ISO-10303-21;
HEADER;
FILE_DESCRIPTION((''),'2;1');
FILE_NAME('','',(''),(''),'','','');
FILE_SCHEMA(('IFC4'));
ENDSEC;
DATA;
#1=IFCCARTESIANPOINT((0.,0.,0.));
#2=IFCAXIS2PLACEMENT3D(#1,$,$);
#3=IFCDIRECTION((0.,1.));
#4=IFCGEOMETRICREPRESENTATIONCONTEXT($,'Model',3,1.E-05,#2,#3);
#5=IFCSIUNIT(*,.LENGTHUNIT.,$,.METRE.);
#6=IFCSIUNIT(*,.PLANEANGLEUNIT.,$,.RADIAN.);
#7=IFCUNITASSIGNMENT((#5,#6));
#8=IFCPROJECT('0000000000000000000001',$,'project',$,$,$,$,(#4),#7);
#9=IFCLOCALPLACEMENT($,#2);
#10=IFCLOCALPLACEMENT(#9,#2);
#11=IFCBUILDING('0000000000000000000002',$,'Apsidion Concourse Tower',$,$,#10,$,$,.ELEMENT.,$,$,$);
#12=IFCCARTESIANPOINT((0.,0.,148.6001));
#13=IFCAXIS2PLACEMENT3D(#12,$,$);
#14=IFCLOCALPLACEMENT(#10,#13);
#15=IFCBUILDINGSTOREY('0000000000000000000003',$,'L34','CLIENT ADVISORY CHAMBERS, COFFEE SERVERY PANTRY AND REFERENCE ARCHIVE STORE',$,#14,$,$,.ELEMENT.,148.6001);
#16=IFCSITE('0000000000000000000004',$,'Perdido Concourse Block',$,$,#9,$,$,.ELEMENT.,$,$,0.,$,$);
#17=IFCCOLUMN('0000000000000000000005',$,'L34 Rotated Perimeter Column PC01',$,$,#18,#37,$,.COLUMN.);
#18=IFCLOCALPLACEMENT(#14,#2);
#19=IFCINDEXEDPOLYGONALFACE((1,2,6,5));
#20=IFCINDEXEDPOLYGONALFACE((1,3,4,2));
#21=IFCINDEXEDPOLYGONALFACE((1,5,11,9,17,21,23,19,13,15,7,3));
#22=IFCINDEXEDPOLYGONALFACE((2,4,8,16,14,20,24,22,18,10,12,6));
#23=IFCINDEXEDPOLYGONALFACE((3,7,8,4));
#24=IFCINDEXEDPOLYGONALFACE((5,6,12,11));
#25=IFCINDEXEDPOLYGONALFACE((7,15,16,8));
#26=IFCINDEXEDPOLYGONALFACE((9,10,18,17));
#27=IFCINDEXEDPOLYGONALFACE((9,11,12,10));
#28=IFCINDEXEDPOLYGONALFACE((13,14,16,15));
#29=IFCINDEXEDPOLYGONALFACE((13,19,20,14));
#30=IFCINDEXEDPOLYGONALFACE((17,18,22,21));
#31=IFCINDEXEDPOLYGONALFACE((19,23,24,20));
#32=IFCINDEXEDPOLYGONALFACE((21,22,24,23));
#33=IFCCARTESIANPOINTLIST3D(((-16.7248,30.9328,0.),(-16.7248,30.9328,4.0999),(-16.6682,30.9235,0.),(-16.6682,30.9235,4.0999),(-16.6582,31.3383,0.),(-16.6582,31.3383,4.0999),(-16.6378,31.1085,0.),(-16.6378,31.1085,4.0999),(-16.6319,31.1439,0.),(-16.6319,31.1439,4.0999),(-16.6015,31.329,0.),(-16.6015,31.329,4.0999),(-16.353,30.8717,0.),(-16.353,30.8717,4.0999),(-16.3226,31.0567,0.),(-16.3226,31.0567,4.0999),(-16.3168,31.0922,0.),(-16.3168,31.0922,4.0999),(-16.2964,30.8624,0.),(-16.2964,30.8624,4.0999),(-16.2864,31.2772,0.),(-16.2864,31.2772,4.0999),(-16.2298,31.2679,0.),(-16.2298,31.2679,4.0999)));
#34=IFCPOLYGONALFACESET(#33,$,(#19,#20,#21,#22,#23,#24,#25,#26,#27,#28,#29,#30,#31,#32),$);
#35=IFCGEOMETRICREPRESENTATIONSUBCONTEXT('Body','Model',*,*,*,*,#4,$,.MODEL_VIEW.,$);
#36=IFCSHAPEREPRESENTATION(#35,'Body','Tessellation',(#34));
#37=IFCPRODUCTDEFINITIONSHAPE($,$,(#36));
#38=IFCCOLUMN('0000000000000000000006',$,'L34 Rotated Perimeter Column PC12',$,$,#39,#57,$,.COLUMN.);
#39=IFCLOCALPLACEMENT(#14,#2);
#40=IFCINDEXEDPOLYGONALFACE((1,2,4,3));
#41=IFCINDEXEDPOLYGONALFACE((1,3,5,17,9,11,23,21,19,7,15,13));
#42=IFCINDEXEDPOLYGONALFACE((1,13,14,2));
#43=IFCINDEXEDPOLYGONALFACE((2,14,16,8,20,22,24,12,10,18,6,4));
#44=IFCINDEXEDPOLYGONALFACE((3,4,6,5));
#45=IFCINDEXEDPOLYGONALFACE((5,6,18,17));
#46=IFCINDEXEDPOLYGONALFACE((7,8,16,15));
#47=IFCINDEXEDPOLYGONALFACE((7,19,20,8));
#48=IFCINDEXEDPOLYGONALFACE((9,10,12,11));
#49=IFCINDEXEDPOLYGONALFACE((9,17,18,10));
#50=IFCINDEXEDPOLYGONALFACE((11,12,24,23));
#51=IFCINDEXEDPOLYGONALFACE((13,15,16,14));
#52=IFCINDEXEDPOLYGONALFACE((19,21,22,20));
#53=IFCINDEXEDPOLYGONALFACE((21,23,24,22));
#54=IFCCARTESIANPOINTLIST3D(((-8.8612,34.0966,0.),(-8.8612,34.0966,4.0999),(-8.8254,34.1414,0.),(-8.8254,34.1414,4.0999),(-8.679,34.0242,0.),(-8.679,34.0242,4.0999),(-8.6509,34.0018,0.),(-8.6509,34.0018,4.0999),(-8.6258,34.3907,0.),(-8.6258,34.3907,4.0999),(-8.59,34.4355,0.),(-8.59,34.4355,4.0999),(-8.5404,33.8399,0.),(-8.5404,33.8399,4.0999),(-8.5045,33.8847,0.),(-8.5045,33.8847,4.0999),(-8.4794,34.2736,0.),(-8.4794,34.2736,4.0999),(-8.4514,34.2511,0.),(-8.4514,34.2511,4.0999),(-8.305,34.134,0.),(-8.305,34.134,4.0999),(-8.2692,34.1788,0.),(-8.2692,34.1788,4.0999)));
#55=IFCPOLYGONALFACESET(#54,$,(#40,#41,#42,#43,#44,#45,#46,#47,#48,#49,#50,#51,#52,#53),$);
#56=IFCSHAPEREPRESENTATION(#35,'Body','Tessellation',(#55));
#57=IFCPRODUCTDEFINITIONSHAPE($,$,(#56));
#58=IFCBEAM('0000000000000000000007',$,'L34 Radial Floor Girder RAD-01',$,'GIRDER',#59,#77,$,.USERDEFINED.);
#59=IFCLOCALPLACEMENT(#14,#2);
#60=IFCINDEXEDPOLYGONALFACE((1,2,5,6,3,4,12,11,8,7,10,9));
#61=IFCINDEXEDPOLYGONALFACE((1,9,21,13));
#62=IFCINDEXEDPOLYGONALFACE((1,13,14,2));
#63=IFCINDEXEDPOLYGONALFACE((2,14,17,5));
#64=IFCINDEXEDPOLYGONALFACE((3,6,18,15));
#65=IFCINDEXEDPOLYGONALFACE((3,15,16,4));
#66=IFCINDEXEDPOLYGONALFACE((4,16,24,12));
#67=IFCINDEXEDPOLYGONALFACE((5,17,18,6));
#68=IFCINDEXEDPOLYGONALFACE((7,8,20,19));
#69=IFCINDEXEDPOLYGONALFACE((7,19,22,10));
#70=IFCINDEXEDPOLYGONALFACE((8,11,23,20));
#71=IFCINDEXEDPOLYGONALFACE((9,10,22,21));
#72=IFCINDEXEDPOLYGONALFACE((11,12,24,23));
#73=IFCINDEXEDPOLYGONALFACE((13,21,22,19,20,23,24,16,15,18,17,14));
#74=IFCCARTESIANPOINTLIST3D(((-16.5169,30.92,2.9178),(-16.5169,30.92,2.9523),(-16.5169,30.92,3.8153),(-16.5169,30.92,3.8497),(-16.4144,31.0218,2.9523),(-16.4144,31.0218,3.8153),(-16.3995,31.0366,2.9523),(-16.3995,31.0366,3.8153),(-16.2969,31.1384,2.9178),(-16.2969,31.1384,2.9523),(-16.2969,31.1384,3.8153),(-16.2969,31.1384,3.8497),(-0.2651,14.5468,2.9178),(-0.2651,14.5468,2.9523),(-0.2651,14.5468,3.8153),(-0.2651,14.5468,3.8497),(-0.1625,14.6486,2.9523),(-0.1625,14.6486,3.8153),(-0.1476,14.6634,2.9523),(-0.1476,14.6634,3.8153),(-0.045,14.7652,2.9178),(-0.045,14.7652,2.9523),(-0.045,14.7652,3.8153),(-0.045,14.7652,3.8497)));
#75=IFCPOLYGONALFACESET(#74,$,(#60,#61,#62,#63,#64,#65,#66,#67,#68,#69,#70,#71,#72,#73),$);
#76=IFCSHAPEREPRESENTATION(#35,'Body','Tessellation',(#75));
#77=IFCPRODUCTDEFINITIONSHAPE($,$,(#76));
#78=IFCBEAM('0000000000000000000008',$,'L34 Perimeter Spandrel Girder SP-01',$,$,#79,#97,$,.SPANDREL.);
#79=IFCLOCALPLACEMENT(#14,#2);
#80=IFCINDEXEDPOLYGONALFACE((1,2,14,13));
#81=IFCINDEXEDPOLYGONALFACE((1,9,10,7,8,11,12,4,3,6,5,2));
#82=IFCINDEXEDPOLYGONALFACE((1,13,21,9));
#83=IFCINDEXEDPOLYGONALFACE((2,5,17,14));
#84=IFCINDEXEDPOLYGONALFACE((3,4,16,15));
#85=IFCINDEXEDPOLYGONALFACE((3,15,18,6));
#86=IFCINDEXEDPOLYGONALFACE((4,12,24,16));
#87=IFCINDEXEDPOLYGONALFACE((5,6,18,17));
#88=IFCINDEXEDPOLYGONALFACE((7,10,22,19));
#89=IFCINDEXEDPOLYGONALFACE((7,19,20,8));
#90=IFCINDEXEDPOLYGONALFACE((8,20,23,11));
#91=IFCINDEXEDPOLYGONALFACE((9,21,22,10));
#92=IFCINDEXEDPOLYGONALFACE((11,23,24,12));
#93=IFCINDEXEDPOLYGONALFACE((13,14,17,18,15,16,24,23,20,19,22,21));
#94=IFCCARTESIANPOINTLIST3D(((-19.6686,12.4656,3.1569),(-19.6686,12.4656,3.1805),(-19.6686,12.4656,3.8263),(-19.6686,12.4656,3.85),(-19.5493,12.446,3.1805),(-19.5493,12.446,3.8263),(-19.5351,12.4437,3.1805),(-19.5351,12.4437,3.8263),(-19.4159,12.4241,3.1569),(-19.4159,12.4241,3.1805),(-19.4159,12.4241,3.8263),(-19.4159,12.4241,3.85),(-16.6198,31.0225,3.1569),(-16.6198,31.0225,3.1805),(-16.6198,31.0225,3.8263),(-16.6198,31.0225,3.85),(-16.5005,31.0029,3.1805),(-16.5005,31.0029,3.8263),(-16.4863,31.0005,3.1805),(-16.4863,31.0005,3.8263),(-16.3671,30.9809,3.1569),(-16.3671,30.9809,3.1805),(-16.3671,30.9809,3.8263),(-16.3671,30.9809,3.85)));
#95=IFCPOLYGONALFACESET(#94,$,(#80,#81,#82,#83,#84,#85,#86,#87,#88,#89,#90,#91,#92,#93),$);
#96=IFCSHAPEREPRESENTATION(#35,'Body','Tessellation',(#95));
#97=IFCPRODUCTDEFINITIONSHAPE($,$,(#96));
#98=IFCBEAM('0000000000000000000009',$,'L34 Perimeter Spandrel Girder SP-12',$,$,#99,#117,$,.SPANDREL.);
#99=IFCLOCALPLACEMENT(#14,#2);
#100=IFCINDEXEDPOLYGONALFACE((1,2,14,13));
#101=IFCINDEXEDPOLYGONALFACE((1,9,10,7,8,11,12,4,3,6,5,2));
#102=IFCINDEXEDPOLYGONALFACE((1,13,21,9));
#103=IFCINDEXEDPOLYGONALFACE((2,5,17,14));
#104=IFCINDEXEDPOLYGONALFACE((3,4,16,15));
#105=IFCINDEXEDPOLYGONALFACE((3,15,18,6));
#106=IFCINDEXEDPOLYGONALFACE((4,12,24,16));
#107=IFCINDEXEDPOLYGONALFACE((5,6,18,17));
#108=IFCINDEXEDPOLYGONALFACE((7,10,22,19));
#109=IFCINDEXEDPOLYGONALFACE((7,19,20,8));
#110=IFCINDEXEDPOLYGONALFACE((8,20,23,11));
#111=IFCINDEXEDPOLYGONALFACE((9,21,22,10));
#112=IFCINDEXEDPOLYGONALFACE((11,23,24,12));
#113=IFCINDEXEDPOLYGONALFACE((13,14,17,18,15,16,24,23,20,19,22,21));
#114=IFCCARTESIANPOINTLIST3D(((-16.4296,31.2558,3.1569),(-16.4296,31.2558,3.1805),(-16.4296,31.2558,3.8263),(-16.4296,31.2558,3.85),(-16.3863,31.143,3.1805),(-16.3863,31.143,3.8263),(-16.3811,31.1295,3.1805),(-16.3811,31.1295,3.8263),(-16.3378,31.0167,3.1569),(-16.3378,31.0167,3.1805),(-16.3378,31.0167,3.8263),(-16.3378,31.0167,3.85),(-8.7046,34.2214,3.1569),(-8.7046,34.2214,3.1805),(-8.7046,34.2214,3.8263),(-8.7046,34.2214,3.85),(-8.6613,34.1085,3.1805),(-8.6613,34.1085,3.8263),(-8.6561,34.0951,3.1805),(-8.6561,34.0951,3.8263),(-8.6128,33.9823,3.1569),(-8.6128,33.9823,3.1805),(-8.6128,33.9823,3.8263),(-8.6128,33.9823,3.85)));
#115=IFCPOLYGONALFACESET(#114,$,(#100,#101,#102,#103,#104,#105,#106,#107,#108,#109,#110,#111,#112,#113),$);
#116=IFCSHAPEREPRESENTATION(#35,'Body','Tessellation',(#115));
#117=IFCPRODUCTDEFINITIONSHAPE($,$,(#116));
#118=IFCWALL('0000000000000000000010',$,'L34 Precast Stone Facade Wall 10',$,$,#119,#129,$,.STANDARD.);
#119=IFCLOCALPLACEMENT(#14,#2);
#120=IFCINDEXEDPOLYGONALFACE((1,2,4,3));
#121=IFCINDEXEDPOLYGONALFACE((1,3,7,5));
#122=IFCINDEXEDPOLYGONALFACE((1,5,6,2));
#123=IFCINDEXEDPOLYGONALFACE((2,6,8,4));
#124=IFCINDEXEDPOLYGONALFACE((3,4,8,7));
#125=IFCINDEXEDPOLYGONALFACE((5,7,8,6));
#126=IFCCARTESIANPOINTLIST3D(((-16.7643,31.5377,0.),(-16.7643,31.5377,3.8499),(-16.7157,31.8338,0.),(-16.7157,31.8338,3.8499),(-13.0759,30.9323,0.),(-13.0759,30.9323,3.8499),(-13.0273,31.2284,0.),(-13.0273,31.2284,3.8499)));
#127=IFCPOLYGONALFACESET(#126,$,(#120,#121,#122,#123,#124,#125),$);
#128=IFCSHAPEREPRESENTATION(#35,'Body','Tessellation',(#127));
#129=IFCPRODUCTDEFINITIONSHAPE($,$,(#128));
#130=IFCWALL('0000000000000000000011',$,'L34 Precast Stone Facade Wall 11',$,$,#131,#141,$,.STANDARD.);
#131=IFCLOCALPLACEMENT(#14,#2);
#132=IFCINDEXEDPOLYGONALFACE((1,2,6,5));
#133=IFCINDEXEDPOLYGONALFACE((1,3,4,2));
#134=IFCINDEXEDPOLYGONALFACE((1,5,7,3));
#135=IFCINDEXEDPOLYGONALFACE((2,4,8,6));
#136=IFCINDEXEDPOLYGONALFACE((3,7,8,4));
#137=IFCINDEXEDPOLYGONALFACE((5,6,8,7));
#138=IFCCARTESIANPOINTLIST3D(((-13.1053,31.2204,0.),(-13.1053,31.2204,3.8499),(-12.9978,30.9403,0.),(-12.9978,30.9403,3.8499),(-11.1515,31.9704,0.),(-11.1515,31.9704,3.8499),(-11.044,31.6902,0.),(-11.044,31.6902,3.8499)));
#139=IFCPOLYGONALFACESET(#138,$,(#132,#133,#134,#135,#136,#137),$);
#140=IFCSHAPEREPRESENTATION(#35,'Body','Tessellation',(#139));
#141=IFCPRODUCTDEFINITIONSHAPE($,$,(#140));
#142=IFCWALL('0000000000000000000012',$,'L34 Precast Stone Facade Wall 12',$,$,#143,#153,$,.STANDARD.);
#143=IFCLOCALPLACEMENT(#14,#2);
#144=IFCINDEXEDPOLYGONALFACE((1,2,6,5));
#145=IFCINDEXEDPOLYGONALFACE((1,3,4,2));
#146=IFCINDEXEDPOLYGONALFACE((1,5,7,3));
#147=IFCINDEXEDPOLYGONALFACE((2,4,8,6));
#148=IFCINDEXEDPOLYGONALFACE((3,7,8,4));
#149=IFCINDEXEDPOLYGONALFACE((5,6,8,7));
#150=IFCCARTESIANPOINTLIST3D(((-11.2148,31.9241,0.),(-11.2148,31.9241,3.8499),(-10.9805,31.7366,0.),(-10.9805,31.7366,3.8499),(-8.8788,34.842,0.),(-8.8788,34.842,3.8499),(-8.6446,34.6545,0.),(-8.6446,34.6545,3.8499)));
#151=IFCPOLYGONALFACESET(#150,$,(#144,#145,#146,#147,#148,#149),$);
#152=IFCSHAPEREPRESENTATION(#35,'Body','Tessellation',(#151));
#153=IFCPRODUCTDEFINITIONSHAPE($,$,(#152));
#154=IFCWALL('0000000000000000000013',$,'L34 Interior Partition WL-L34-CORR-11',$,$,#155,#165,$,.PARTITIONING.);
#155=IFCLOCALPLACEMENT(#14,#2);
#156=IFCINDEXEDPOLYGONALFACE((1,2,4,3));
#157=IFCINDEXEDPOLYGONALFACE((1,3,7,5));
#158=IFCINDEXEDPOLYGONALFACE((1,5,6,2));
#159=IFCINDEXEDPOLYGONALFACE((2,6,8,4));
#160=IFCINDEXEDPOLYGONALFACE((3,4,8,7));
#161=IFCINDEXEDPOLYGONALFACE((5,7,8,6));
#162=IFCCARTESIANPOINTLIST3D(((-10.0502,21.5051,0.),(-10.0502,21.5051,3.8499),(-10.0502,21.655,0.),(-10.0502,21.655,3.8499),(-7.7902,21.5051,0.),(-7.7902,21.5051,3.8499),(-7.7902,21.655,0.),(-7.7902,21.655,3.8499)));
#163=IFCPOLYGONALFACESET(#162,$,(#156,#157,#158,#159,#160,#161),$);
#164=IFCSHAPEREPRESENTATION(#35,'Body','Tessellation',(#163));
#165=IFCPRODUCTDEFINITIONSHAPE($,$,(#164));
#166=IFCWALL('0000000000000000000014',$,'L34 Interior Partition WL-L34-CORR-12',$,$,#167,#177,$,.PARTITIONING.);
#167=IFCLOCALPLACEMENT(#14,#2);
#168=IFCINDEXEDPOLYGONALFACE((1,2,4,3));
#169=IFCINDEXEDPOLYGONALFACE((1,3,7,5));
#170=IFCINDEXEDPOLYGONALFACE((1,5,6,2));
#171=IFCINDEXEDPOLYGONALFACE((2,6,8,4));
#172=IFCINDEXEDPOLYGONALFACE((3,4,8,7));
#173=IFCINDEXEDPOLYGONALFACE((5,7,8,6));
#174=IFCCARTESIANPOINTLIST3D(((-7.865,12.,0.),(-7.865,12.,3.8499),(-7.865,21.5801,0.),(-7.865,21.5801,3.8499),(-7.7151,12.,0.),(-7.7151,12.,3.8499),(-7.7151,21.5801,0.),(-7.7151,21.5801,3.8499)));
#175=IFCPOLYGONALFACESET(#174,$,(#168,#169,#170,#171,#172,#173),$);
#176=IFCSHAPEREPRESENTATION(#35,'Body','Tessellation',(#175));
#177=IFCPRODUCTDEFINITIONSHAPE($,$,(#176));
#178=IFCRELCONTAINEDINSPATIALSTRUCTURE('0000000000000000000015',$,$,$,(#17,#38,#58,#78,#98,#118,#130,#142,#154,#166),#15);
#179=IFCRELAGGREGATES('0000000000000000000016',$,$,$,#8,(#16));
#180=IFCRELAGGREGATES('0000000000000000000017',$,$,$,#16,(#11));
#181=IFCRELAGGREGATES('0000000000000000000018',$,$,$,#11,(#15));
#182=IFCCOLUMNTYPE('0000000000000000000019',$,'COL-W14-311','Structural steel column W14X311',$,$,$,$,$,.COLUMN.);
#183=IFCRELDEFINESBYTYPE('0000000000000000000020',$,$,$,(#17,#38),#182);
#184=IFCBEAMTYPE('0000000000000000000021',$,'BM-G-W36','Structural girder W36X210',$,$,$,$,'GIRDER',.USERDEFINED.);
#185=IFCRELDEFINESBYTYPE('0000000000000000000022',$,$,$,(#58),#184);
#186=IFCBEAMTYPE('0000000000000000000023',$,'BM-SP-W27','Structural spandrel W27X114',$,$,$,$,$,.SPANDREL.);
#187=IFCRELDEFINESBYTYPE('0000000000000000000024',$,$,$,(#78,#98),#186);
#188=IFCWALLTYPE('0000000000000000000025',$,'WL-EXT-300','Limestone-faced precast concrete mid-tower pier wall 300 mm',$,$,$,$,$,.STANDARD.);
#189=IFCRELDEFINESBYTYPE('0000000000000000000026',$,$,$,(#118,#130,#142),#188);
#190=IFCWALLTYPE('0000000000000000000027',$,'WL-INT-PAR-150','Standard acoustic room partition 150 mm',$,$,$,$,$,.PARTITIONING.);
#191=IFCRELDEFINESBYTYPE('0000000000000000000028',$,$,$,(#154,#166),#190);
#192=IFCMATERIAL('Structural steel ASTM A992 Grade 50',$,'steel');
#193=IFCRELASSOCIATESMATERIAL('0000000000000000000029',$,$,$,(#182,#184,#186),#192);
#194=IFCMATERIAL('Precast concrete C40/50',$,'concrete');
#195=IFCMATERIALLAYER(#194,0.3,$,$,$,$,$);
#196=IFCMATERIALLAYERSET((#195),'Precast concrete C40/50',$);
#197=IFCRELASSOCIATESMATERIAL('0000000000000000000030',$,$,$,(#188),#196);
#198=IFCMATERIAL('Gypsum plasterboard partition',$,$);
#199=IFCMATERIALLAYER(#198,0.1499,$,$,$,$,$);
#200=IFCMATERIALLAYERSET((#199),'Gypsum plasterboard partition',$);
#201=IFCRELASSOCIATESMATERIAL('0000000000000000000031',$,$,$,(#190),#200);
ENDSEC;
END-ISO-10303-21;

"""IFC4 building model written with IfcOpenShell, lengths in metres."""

from ifc_helpers import new_model, si_unit, direction, frame, frame_2d, origin, origin_2d, place, context, subcontext, project, spatial, rectangle, i_section, extrude, material, layer, layer_set, material_profile, profile_set, type_object, element, save


model = new_model("IFC4")

# Units and contexts
model_context = context("Model", 3, precision=1e-05, world=origin(), true_north=direction((0.0, 1.0)))
body_context = subcontext(model_context, "Body", "Model", "MODEL_VIEW")
ifc_project = project(units=[si_unit("LENGTHUNIT", "METRE"), si_unit("PLANEANGLEUNIT", "RADIAN")], contexts=[model_context])

# Site, building, storey
site_placement = place(None, origin())
site = spatial("IfcSite", under=ifc_project, at=site_placement, Name="Perdido Concourse Block", CompositionType="ELEMENT", RefElevation=0.0)
building_placement = place(site_placement, origin())
building = spatial("IfcBuilding", under=site, at=building_placement, Name="Apsidion Concourse Tower", CompositionType="ELEMENT")
storey_placement = place(building_placement, frame((0.0, 0.0, 148.6001)))
storey = spatial("IfcBuildingStorey", under=building, at=storey_placement, Name="L34", Description="CLIENT ADVISORY CHAMBERS, COFFEE SERVERY PANTRY AND REFERENCE ARCHIVE STORE", CompositionType="ELEMENT", Elevation=148.6001)

# Columns
ifc_material_1 = material(Name="Structural steel ASTM A992 Grade 50", Category="steel")
ifc_material_profile_1 = material_profile(ifc_material_1, i_section(OverallWidth=0.4109, OverallDepth=0.4341, WebThickness=0.0359, FlangeThickness=0.0574, at=origin_2d()), Name="W14X311")
ifc_profile_set_1 = profile_set([ifc_material_profile_1], Name="Structural steel ASTM A992 Grade 50")
column_type = type_object("IfcColumnType", Name="COL-W14-311", Description="Structural steel column W14X311", PredefinedType="COLUMN", material=ifc_profile_set_1)
for number, where, z_axis, x_axis, name in (
    (1, (-16.4773, 31.1003, 0.0), (0.0, 0.0, 1.0), (0.162121, 0.986771, 0.0), "L34 Rotated Perimeter Column PC01"),
    (2, (-8.5652, 34.1377, 0.0), (0.0, 0.0, 1.0), (-0.780758, 0.624834, 0.0), "L34 Rotated Perimeter Column PC12"),
):
    element("IfcColumn", number, at=place(storey_placement, frame(where, z_axis=z_axis, x_axis=x_axis)), inside=storey, type_object=column_type, Name=name, PredefinedType="COLUMN", context=body_context, shape_type="SweptSolid", body=[
        extrude(i_section(OverallWidth=0.4109, OverallDepth=0.4341, WebThickness=0.0359, FlangeThickness=0.0574, at=origin_2d()), origin(), (0.0, 0.0, 1.0), 4.0999),
    ])

# Beams
ifc_material_profile_2 = material_profile(ifc_material_1, i_section(OverallWidth=0.3101, OverallDepth=0.9319, WebThickness=0.021, FlangeThickness=0.0344, at=origin_2d()), Name="W36X210")
ifc_profile_set_2 = profile_set([ifc_material_profile_2], Name="Structural steel ASTM A992 Grade 50")
beam_type_1 = type_object("IfcBeamType", Name="BM-G-W36", Description="Structural girder W36X210", ElementType="GIRDER", PredefinedType="USERDEFINED", material=ifc_profile_set_2)
beam_1_placement = place(storey_placement, frame((-0.155, 14.656, 3.3838), z_axis=(-0.704472, 0.709732, 0.0), x_axis=(-0.709732, -0.704472, 0.0)))
element("IfcBeam", 3, at=beam_1_placement, inside=storey, type_object=beam_type_1, Name="L34 Radial Floor Girder RAD-01", ObjectType="GIRDER", PredefinedType="USERDEFINED", context=body_context, shape_type="SweptSolid", body=[
    extrude(i_section(OverallWidth=0.3101, OverallDepth=0.9319, WebThickness=0.021, FlangeThickness=0.0344, at=origin_2d()), origin(), (0.0, 0.0, 1.0), 23.0696),
])
ifc_material_profile_3 = material_profile(ifc_material_1, i_section(OverallWidth=0.2561, OverallDepth=0.6931, WebThickness=0.0144, FlangeThickness=0.0237, at=origin_2d()), Name="W27X114")
ifc_profile_set_3 = profile_set([ifc_material_profile_3], Name="Structural steel ASTM A992 Grade 50")
beam_type_2 = type_object("IfcBeamType", Name="BM-SP-W27", Description="Structural spandrel W27X114", PredefinedType="SPANDREL", material=ifc_profile_set_3)
beam_2_placement = place(storey_placement, frame((-16.4934, 31.0017, 3.5034), z_axis=(-0.162123, -0.986771, 0.0), x_axis=(0.986771, -0.162123, 0.0)))
element("IfcBeam", 4, at=beam_2_placement, inside=storey, type_object=beam_type_2, Name="L34 Perimeter Spandrel Girder SP-01", PredefinedType="SPANDREL", context=body_context, shape_type="SweptSolid", body=[
    extrude(i_section(OverallWidth=0.2561, OverallDepth=0.6931, WebThickness=0.0144, FlangeThickness=0.0237, at=origin_2d()), origin(), (0.0, 0.0, 1.0), 18.8057),
])
beam_3_placement = place(storey_placement, frame((-8.6587, 34.1018, 3.5034), z_axis=(-0.933573, -0.358388, 0.0), x_axis=(0.358388, -0.933573, 0.0)))
element("IfcBeam", 5, at=beam_3_placement, inside=storey, type_object=beam_type_2, Name="L34 Perimeter Spandrel Girder SP-12", PredefinedType="SPANDREL", context=body_context, shape_type="SweptSolid", body=[
    extrude(i_section(OverallWidth=0.2561, OverallDepth=0.6931, WebThickness=0.0144, FlangeThickness=0.0237, at=origin_2d()), origin(), (0.0, 0.0, 1.0), 8.2747),
])

# Shared definitions
ifc_material_2 = material(Name="Precast concrete C40/50", Category="concrete")
ifc_layer_1 = layer(ifc_material_2, 0.3)
ifc_layer_set_1 = layer_set([ifc_layer_1], Name="Precast concrete C40/50")
wall_type_1 = type_object("IfcWallType", Name="WL-EXT-300", Description="Limestone-faced precast concrete mid-tower pier wall 300 mm", PredefinedType="STANDARD", material=ifc_layer_set_1)

# Walls
wall_1_placement = place(storey_placement, frame((-16.74, 31.6858, 0.0), z_axis=(0.0, 0.0, 1.0), x_axis=(0.986793, -0.161984, 0.0)))
element("IfcWall", 6, at=wall_1_placement, inside=storey, type_object=wall_type_1, Name="L34 Precast Stone Facade Wall 10", PredefinedType="STANDARD", context=body_context, shape_type="SweptSolid", body=[
    extrude(rectangle(XDim=3.7378, YDim=0.3, at=frame_2d((1.8689, 0.0))), origin(), (0.0, 0.0, 1.0), 3.8499),
])
wall_2_placement = place(storey_placement, frame((-13.0515, 31.0803, 0.0), z_axis=(0.0, 0.0, 1.0), x_axis=(0.933583, 0.358361, 0.0)))
element("IfcWall", 7, at=wall_2_placement, inside=storey, type_object=wall_type_1, Name="L34 Precast Stone Facade Wall 11", PredefinedType="STANDARD", context=body_context, shape_type="SweptSolid", body=[
    extrude(rectangle(XDim=2.0928, YDim=0.3, at=frame_2d((1.0464, 0.0))), origin(), (0.0, 0.0, 1.0), 3.8499),
])
wall_3_placement = place(storey_placement, frame((-11.0977, 31.8303, 0.0), z_axis=(0.0, 0.0, 1.0), x_axis=(0.62495, 0.780665, 0.0)))
element("IfcWall", 8, at=wall_3_placement, inside=storey, type_object=wall_type_1, Name="L34 Precast Stone Facade Wall 12", PredefinedType="STANDARD", context=body_context, shape_type="SweptSolid", body=[
    extrude(rectangle(XDim=3.7378, YDim=0.3, at=frame_2d((1.8689, 0.0))), origin(), (0.0, 0.0, 1.0), 3.8499),
])
ifc_material_3 = material(Name="Gypsum plasterboard partition")
ifc_layer_2 = layer(ifc_material_3, 0.1499)
ifc_layer_set_2 = layer_set([ifc_layer_2], Name="Gypsum plasterboard partition")
wall_type_2 = type_object("IfcWallType", Name="WL-INT-PAR-150", Description="Standard acoustic room partition 150 mm", PredefinedType="PARTITIONING", material=ifc_layer_set_2)
wall_4_placement = place(storey_placement, frame((-10.05, 21.5801, 0.0), z_axis=(0.0, 0.0, 1.0), x_axis=(1.0, 0.0, 0.0)))
element("IfcWall", 9, at=wall_4_placement, inside=storey, type_object=wall_type_2, Name="L34 Interior Partition WL-L34-CORR-11", PredefinedType="PARTITIONING", context=body_context, shape_type="SweptSolid", body=[
    extrude(rectangle(XDim=2.26, YDim=0.1499, at=frame_2d((1.1299, 0.0))), origin(), (0.0, 0.0, 1.0), 3.8499),
])
wall_5_placement = place(storey_placement, frame((-7.79, 21.5801, 0.0), z_axis=(0.0, 0.0, 1.0), x_axis=(0.0, -1.0, 0.0)))
element("IfcWall", 10, at=wall_5_placement, inside=storey, type_object=wall_type_2, Name="L34 Interior Partition WL-L34-CORR-12", PredefinedType="PARTITIONING", context=body_context, shape_type="SweptSolid", body=[
    extrude(rectangle(XDim=9.5801, YDim=0.1499, at=frame_2d((4.79, 0.0))), origin(), (0.0, 0.0, 1.0), 3.8499),
])

save(model, "model.ifc")
